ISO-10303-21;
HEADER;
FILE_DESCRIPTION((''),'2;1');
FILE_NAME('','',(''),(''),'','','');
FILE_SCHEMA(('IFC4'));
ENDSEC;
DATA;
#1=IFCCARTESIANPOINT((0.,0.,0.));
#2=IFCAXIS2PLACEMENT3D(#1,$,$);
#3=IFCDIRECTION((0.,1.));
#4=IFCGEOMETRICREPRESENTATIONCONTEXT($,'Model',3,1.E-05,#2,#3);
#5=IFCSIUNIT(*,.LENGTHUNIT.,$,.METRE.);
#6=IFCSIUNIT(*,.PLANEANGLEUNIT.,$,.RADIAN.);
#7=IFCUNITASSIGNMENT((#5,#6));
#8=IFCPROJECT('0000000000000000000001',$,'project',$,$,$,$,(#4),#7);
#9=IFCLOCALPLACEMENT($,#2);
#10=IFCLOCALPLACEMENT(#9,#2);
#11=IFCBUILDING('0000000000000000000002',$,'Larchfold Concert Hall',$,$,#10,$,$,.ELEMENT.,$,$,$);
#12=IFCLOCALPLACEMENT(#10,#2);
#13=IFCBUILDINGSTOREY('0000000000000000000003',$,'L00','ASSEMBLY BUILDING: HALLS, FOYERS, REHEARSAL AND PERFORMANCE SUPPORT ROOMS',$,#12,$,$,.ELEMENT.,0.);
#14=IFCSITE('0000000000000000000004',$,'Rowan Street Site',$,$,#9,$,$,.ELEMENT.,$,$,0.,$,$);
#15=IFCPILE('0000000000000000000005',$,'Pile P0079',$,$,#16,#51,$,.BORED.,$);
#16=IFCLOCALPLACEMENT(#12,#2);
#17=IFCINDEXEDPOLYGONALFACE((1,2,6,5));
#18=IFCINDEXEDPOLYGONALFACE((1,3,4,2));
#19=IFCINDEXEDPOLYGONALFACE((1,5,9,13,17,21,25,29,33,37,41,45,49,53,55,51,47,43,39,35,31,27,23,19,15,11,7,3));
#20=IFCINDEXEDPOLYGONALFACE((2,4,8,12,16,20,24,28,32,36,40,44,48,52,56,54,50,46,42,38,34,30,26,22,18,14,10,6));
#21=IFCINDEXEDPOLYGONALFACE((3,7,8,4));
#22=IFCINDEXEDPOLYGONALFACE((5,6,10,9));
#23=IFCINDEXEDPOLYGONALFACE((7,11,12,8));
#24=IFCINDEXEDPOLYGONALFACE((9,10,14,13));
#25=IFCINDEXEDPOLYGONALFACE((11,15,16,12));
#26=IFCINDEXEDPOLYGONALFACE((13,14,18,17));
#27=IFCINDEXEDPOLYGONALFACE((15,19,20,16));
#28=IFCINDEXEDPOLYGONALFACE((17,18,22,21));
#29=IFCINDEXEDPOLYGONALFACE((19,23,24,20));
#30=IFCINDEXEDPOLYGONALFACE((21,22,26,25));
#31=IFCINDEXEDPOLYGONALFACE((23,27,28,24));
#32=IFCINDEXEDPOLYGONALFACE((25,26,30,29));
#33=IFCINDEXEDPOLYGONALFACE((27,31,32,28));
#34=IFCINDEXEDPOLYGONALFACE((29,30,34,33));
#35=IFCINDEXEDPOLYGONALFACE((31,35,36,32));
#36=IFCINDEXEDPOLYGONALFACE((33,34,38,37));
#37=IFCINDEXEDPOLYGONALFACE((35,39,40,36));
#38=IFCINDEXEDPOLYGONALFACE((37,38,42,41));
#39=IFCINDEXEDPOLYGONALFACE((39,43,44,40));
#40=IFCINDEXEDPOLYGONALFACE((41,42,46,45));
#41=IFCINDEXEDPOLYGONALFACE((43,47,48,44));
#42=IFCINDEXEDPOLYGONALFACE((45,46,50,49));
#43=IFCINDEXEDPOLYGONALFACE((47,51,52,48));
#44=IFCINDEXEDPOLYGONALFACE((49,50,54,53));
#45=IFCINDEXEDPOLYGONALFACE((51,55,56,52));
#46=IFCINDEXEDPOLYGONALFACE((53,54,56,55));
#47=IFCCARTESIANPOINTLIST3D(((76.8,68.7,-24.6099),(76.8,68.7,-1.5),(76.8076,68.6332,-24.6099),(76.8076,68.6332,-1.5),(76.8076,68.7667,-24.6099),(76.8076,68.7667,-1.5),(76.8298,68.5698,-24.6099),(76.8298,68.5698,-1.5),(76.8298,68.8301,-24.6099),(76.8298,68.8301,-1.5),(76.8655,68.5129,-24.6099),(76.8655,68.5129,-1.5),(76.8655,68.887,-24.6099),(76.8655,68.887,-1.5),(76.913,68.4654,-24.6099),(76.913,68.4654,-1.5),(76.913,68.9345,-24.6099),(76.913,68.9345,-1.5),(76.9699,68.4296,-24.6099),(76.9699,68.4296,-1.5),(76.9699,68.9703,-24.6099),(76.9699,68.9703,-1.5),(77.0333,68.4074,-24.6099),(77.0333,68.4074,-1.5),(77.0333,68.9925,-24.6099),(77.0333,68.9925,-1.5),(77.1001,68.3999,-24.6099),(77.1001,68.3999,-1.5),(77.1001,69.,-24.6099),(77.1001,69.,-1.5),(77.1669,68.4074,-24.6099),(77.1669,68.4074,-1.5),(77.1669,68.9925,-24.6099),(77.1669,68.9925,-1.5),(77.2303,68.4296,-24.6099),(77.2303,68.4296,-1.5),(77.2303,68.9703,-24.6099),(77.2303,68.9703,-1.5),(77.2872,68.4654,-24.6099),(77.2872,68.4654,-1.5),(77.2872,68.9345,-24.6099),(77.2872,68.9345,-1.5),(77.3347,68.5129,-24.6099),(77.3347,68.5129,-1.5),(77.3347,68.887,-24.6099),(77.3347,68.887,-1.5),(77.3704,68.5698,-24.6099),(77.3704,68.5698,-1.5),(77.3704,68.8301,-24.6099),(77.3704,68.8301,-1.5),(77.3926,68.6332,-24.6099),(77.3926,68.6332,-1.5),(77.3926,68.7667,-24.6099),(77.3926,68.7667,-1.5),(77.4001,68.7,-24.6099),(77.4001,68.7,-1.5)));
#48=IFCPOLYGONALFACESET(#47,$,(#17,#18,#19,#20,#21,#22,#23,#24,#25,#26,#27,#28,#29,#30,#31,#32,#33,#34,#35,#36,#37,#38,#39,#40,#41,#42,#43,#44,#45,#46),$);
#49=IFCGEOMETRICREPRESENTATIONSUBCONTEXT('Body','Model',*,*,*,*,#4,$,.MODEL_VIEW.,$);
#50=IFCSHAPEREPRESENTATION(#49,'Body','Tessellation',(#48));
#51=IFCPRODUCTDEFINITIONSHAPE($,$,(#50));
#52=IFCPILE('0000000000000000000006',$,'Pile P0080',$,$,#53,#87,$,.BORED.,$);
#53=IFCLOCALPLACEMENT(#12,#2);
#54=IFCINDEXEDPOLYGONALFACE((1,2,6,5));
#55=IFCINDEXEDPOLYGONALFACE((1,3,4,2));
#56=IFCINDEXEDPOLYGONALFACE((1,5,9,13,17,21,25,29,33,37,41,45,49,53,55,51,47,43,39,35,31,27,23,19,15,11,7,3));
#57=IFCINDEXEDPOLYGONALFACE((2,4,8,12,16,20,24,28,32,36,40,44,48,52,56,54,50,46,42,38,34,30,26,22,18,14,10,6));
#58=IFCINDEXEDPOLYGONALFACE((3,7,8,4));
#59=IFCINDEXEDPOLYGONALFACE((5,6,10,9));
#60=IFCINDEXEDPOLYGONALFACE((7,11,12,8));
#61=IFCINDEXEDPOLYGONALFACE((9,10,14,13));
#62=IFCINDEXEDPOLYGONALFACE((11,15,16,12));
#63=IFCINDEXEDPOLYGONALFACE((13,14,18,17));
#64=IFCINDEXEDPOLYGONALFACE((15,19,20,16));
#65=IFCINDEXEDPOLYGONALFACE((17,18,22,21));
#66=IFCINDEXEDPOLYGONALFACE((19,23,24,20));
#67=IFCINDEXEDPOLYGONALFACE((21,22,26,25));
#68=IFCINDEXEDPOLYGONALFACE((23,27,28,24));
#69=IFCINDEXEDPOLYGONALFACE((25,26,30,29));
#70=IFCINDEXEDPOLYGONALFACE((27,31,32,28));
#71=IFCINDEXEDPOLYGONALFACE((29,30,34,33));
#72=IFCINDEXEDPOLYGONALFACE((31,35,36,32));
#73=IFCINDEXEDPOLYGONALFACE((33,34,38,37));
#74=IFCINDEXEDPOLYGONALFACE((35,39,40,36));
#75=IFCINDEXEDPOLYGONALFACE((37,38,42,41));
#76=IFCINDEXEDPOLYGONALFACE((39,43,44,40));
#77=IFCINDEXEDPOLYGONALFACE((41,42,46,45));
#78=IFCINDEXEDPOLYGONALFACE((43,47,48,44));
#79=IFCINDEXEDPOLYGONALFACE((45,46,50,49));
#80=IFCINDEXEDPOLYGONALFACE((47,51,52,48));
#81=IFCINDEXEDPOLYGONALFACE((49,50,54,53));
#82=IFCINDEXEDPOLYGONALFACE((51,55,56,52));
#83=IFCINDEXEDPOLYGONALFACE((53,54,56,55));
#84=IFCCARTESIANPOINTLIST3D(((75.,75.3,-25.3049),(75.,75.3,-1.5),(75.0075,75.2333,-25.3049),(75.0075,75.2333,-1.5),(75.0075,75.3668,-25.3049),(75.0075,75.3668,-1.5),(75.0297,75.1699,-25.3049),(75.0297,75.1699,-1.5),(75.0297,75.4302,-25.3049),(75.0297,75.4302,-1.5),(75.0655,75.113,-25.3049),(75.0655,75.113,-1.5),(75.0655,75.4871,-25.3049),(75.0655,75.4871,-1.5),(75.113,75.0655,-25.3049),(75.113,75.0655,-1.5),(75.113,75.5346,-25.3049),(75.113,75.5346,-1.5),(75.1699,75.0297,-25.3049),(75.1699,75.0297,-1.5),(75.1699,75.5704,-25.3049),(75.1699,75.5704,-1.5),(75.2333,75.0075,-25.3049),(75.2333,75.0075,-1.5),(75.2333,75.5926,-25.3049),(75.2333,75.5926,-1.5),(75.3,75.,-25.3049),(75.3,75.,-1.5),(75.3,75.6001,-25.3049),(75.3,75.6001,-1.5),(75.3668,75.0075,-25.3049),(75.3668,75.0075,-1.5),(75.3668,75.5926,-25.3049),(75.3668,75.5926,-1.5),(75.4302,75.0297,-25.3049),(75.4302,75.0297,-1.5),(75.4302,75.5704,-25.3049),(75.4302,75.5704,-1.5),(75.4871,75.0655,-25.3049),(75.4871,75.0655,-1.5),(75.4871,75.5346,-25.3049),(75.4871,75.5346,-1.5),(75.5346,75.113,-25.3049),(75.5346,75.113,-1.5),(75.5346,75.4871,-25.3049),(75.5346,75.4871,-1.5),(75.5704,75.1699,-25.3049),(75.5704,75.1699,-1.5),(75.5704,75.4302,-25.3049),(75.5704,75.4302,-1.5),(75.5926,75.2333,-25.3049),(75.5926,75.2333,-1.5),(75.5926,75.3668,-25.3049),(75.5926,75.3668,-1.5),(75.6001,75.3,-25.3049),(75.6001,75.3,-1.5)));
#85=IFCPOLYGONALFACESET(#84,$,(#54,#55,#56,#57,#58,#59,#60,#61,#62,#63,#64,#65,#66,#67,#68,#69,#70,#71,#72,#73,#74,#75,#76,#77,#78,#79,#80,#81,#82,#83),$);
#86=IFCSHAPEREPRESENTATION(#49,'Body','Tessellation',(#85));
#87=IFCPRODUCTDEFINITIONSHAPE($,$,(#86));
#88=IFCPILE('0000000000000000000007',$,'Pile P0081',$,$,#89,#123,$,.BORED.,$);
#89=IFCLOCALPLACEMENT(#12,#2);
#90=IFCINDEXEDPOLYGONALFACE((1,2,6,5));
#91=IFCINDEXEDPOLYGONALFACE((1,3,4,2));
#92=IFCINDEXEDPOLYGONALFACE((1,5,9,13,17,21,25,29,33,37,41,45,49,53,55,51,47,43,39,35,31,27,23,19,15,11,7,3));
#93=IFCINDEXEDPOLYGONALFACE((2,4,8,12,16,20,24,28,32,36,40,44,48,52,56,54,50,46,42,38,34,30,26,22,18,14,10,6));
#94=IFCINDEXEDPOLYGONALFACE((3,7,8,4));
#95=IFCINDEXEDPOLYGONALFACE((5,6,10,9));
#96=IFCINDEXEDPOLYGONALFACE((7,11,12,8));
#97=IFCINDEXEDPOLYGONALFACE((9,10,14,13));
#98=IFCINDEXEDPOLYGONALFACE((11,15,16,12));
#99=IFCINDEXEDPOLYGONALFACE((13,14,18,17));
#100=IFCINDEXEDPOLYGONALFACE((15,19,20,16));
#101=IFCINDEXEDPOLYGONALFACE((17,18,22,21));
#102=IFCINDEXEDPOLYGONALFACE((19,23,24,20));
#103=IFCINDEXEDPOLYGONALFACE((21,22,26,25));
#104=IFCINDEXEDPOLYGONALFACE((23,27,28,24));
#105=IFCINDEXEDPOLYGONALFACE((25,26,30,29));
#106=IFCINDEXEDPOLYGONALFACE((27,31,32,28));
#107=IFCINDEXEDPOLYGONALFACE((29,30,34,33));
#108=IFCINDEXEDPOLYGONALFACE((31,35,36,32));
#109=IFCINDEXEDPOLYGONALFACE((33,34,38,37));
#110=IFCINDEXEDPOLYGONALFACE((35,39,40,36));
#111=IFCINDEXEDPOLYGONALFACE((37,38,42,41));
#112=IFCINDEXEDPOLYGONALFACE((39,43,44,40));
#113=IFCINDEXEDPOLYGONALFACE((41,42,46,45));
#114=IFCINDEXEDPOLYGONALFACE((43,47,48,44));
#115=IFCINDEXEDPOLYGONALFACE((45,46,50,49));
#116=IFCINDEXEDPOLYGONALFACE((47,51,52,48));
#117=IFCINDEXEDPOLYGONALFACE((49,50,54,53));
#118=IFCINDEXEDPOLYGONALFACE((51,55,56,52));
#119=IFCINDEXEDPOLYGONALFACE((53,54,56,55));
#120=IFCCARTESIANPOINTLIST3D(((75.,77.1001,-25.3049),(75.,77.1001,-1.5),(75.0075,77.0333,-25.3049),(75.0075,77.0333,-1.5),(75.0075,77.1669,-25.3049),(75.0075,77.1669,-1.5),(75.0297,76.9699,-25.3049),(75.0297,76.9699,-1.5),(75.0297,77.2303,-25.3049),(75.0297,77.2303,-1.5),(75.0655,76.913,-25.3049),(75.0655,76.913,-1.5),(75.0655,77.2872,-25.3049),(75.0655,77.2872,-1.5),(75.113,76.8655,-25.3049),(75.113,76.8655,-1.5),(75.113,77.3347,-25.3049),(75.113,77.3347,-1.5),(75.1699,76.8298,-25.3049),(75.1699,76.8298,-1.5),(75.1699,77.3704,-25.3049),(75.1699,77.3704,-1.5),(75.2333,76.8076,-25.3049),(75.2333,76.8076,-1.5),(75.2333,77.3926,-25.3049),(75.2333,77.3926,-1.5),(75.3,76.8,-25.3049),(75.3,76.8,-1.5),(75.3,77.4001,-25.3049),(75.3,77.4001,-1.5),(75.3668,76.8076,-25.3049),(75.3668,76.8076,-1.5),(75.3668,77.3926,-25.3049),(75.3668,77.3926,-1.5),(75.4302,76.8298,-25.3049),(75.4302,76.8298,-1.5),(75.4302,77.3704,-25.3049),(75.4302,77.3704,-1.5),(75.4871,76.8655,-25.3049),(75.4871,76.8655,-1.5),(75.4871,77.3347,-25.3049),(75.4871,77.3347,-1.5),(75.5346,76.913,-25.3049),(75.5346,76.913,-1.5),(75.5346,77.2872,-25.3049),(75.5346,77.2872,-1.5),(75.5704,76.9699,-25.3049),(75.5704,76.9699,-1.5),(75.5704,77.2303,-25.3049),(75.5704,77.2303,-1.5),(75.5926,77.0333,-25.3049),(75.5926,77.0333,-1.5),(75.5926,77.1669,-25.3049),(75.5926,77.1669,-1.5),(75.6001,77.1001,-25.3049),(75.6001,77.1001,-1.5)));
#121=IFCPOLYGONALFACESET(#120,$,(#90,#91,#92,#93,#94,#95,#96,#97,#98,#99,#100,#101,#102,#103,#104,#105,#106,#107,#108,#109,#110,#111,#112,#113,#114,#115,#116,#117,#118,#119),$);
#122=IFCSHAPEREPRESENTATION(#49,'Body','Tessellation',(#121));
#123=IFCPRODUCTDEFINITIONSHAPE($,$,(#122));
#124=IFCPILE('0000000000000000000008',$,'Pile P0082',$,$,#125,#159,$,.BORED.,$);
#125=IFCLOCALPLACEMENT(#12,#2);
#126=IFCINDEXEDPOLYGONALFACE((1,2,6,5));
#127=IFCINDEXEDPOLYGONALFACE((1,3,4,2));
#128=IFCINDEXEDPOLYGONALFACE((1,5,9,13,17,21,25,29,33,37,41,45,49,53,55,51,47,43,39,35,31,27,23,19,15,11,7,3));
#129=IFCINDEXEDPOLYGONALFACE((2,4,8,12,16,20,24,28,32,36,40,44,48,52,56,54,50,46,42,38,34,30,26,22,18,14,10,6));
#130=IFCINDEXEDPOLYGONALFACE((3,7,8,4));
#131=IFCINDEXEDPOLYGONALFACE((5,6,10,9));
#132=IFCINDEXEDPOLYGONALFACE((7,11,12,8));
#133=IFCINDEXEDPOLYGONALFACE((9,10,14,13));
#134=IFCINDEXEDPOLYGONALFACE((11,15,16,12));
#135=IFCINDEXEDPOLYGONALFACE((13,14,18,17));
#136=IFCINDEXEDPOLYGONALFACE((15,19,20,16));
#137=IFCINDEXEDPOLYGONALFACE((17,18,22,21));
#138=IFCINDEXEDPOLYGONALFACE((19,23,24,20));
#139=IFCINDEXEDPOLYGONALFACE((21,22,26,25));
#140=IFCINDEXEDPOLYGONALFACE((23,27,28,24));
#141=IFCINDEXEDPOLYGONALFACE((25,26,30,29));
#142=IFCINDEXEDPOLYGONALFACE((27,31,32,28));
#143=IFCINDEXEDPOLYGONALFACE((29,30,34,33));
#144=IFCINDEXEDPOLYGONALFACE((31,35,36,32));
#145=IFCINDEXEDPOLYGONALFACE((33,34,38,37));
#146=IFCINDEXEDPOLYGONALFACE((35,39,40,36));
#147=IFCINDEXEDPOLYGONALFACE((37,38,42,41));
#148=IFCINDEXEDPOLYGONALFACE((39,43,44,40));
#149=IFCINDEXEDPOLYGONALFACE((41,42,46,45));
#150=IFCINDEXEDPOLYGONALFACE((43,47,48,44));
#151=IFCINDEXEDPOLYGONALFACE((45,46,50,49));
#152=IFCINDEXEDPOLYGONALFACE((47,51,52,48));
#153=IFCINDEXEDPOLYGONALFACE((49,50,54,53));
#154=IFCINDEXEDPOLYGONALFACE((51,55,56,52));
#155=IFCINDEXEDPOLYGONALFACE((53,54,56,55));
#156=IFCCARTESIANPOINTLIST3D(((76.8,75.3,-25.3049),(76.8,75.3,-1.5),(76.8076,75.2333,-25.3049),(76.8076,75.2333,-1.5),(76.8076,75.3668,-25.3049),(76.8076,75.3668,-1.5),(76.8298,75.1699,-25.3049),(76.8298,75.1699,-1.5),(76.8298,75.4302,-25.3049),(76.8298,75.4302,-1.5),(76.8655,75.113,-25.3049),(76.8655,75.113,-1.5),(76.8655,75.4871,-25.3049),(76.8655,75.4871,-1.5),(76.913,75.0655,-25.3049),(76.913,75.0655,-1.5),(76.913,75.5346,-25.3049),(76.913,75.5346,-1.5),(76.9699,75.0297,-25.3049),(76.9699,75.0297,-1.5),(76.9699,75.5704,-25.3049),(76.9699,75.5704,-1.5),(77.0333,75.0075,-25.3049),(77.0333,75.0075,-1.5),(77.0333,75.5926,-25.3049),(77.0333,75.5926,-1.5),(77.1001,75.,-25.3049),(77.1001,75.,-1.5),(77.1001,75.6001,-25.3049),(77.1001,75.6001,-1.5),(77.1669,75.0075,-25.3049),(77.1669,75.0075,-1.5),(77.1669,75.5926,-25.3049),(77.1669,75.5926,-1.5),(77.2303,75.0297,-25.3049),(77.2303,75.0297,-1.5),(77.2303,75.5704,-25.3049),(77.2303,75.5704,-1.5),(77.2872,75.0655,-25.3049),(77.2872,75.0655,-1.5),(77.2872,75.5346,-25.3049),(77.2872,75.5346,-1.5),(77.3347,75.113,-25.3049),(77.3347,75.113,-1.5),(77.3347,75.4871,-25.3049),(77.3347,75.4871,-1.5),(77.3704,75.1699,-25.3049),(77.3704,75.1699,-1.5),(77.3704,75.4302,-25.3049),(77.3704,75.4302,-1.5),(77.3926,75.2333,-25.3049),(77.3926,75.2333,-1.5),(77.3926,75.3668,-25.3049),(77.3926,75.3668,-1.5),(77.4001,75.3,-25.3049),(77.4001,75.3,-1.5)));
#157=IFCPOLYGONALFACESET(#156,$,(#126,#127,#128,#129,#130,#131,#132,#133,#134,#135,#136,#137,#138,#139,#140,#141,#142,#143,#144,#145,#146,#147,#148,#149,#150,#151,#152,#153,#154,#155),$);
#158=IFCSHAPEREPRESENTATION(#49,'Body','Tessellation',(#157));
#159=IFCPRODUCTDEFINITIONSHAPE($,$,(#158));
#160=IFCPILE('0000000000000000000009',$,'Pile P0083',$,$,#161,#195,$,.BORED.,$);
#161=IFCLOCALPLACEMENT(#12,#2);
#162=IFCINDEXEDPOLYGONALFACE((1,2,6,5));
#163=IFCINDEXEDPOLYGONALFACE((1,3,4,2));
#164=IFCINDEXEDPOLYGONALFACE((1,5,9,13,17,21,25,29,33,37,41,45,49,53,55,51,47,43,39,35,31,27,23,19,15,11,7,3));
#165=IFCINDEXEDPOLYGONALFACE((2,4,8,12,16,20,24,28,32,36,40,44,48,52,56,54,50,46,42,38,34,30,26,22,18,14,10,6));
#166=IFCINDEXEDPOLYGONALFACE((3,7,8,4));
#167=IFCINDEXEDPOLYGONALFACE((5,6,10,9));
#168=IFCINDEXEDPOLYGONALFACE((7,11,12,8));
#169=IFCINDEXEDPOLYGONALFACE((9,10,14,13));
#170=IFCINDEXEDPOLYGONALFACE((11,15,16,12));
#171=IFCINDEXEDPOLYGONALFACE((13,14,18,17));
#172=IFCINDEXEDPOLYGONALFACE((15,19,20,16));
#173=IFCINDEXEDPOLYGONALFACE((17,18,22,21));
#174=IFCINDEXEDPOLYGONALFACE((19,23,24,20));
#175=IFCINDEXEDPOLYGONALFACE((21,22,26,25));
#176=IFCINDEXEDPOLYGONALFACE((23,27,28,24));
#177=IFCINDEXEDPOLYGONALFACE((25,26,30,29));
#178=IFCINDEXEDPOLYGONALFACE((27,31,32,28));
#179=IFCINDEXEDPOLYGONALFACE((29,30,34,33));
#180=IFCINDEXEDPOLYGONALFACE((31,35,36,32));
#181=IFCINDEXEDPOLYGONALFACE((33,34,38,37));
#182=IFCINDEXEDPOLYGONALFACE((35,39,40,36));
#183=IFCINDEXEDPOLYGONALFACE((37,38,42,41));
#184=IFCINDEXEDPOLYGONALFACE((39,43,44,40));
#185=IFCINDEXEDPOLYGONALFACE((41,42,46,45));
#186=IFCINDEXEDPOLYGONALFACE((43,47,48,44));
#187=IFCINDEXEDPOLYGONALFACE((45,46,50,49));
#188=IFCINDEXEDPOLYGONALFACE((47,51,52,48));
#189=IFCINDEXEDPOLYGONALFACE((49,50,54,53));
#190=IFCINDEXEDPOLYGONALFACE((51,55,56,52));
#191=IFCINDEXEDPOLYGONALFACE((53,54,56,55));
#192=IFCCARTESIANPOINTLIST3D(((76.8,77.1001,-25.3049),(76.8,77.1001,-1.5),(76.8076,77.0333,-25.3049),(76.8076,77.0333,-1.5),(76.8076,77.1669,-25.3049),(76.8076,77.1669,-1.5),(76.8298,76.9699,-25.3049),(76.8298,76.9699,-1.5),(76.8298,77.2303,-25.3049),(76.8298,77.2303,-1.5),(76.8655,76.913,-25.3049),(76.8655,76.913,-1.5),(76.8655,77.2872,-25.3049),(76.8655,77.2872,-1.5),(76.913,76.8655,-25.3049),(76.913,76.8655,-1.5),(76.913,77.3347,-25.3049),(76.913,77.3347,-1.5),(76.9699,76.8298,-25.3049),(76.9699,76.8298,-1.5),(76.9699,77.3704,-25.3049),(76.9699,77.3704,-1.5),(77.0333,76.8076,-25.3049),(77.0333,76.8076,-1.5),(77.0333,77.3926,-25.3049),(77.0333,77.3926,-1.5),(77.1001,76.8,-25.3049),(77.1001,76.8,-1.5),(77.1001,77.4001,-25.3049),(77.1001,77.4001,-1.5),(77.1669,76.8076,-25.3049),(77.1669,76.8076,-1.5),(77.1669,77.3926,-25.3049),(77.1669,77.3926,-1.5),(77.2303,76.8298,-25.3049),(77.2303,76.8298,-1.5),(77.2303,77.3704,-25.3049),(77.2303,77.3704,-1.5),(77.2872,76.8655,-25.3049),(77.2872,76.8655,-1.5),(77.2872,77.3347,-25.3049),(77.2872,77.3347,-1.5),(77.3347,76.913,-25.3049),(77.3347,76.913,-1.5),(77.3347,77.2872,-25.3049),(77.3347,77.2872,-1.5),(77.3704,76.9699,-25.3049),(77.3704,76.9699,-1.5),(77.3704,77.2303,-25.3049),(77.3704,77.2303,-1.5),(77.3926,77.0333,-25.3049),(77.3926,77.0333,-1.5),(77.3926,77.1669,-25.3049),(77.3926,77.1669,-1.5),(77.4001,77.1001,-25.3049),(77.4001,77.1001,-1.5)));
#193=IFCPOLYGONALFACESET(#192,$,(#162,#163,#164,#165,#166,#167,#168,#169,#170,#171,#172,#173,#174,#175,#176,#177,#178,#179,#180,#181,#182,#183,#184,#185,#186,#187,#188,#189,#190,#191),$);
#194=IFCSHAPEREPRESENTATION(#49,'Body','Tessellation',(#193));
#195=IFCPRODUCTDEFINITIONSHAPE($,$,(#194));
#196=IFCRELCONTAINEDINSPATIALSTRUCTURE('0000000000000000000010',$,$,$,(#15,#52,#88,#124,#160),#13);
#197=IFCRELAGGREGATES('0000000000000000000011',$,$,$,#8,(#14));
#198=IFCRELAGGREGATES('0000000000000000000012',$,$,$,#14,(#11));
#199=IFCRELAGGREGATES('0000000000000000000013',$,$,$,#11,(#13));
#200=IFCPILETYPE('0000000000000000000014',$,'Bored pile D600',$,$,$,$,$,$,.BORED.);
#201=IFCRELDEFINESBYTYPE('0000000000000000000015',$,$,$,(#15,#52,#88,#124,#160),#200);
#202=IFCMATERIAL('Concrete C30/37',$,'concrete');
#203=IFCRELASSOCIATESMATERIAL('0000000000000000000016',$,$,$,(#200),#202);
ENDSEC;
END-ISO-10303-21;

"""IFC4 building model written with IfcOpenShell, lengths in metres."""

from ifc_helpers import new_model, si_unit, direction, frame, origin, origin_2d, place, context, subcontext, project, spatial, circle, extrude, material, material_profile, profile_set, type_object, element, save


model = new_model("IFC4")

# Units and contexts
model_context = context("Model", 3, precision=1e-05, world=origin(), true_north=direction((0.0, 1.0)))
body_context = subcontext(model_context, "Body", "Model", "MODEL_VIEW")
ifc_project = project(units=[si_unit("LENGTHUNIT", "METRE"), si_unit("PLANEANGLEUNIT", "RADIAN")], contexts=[model_context])

# Site, building, storey
site_placement = place(None, origin())
site = spatial("IfcSite", under=ifc_project, at=site_placement, Name="Rowan Street Site", CompositionType="ELEMENT", RefElevation=0.0)
building_placement = place(site_placement, origin())
building = spatial("IfcBuilding", under=site, at=building_placement, Name="Larchfold Concert Hall", CompositionType="ELEMENT")
storey_placement = place(building_placement, origin())
storey = spatial("IfcBuildingStorey", under=building, at=storey_placement, Name="L00", Description="ASSEMBLY BUILDING: HALLS, FOYERS, REHEARSAL AND PERFORMANCE SUPPORT ROOMS", CompositionType="ELEMENT", Elevation=0.0)

# Piles
ifc_material_1 = material(Name="Concrete C30/37", Category="concrete")
ifc_material_profile_1 = material_profile(ifc_material_1, circle(Radius=0.3, at=origin_2d()))
ifc_profile_set_1 = profile_set([ifc_material_profile_1], Name="Concrete C30/37")
pile_type = type_object("IfcPileType", Name="Bored pile D600", PredefinedType="BORED", material=ifc_profile_set_1)
pile_1_placement = place(storey_placement, frame((77.1001, 68.7, -1.5), z_axis=(0.0, 0.0, -1.0), x_axis=(1.0, 0.0, 0.0)))
element("IfcPile", 1, at=pile_1_placement, inside=storey, type_object=pile_type, Name="Pile P0079", PredefinedType="BORED", context=body_context, shape_type="SweptSolid", body=[
    extrude(circle(Radius=0.3, at=origin_2d()), origin(), (0.0, 0.0, 1.0), 23.1099),
])
for number, where, z_axis, x_axis, name in (
    (2, (75.3, 75.3, -1.5), (0.0, 0.0, -1.0), (1.0, 0.0, 0.0), "Pile P0080"),
    (3, (75.3, 77.1001, -1.5), (0.0, 0.0, -1.0), (1.0, 0.0, 0.0), "Pile P0081"),
    (4, (77.1001, 75.3, -1.5), (0.0, 0.0, -1.0), (1.0, 0.0, 0.0), "Pile P0082"),
    (5, (77.1001, 77.1001, -1.5), (0.0, 0.0, -1.0), (1.0, 0.0, 0.0), "Pile P0083"),
):
    element("IfcPile", number, at=place(storey_placement, frame(where, z_axis=z_axis, x_axis=x_axis)), inside=storey, type_object=pile_type, Name=name, PredefinedType="BORED", context=body_context, shape_type="SweptSolid", body=[
        extrude(circle(Radius=0.3, at=origin_2d()), origin(), (0.0, 0.0, 1.0), 23.8049),
    ])

save(model, "model.ifc")
